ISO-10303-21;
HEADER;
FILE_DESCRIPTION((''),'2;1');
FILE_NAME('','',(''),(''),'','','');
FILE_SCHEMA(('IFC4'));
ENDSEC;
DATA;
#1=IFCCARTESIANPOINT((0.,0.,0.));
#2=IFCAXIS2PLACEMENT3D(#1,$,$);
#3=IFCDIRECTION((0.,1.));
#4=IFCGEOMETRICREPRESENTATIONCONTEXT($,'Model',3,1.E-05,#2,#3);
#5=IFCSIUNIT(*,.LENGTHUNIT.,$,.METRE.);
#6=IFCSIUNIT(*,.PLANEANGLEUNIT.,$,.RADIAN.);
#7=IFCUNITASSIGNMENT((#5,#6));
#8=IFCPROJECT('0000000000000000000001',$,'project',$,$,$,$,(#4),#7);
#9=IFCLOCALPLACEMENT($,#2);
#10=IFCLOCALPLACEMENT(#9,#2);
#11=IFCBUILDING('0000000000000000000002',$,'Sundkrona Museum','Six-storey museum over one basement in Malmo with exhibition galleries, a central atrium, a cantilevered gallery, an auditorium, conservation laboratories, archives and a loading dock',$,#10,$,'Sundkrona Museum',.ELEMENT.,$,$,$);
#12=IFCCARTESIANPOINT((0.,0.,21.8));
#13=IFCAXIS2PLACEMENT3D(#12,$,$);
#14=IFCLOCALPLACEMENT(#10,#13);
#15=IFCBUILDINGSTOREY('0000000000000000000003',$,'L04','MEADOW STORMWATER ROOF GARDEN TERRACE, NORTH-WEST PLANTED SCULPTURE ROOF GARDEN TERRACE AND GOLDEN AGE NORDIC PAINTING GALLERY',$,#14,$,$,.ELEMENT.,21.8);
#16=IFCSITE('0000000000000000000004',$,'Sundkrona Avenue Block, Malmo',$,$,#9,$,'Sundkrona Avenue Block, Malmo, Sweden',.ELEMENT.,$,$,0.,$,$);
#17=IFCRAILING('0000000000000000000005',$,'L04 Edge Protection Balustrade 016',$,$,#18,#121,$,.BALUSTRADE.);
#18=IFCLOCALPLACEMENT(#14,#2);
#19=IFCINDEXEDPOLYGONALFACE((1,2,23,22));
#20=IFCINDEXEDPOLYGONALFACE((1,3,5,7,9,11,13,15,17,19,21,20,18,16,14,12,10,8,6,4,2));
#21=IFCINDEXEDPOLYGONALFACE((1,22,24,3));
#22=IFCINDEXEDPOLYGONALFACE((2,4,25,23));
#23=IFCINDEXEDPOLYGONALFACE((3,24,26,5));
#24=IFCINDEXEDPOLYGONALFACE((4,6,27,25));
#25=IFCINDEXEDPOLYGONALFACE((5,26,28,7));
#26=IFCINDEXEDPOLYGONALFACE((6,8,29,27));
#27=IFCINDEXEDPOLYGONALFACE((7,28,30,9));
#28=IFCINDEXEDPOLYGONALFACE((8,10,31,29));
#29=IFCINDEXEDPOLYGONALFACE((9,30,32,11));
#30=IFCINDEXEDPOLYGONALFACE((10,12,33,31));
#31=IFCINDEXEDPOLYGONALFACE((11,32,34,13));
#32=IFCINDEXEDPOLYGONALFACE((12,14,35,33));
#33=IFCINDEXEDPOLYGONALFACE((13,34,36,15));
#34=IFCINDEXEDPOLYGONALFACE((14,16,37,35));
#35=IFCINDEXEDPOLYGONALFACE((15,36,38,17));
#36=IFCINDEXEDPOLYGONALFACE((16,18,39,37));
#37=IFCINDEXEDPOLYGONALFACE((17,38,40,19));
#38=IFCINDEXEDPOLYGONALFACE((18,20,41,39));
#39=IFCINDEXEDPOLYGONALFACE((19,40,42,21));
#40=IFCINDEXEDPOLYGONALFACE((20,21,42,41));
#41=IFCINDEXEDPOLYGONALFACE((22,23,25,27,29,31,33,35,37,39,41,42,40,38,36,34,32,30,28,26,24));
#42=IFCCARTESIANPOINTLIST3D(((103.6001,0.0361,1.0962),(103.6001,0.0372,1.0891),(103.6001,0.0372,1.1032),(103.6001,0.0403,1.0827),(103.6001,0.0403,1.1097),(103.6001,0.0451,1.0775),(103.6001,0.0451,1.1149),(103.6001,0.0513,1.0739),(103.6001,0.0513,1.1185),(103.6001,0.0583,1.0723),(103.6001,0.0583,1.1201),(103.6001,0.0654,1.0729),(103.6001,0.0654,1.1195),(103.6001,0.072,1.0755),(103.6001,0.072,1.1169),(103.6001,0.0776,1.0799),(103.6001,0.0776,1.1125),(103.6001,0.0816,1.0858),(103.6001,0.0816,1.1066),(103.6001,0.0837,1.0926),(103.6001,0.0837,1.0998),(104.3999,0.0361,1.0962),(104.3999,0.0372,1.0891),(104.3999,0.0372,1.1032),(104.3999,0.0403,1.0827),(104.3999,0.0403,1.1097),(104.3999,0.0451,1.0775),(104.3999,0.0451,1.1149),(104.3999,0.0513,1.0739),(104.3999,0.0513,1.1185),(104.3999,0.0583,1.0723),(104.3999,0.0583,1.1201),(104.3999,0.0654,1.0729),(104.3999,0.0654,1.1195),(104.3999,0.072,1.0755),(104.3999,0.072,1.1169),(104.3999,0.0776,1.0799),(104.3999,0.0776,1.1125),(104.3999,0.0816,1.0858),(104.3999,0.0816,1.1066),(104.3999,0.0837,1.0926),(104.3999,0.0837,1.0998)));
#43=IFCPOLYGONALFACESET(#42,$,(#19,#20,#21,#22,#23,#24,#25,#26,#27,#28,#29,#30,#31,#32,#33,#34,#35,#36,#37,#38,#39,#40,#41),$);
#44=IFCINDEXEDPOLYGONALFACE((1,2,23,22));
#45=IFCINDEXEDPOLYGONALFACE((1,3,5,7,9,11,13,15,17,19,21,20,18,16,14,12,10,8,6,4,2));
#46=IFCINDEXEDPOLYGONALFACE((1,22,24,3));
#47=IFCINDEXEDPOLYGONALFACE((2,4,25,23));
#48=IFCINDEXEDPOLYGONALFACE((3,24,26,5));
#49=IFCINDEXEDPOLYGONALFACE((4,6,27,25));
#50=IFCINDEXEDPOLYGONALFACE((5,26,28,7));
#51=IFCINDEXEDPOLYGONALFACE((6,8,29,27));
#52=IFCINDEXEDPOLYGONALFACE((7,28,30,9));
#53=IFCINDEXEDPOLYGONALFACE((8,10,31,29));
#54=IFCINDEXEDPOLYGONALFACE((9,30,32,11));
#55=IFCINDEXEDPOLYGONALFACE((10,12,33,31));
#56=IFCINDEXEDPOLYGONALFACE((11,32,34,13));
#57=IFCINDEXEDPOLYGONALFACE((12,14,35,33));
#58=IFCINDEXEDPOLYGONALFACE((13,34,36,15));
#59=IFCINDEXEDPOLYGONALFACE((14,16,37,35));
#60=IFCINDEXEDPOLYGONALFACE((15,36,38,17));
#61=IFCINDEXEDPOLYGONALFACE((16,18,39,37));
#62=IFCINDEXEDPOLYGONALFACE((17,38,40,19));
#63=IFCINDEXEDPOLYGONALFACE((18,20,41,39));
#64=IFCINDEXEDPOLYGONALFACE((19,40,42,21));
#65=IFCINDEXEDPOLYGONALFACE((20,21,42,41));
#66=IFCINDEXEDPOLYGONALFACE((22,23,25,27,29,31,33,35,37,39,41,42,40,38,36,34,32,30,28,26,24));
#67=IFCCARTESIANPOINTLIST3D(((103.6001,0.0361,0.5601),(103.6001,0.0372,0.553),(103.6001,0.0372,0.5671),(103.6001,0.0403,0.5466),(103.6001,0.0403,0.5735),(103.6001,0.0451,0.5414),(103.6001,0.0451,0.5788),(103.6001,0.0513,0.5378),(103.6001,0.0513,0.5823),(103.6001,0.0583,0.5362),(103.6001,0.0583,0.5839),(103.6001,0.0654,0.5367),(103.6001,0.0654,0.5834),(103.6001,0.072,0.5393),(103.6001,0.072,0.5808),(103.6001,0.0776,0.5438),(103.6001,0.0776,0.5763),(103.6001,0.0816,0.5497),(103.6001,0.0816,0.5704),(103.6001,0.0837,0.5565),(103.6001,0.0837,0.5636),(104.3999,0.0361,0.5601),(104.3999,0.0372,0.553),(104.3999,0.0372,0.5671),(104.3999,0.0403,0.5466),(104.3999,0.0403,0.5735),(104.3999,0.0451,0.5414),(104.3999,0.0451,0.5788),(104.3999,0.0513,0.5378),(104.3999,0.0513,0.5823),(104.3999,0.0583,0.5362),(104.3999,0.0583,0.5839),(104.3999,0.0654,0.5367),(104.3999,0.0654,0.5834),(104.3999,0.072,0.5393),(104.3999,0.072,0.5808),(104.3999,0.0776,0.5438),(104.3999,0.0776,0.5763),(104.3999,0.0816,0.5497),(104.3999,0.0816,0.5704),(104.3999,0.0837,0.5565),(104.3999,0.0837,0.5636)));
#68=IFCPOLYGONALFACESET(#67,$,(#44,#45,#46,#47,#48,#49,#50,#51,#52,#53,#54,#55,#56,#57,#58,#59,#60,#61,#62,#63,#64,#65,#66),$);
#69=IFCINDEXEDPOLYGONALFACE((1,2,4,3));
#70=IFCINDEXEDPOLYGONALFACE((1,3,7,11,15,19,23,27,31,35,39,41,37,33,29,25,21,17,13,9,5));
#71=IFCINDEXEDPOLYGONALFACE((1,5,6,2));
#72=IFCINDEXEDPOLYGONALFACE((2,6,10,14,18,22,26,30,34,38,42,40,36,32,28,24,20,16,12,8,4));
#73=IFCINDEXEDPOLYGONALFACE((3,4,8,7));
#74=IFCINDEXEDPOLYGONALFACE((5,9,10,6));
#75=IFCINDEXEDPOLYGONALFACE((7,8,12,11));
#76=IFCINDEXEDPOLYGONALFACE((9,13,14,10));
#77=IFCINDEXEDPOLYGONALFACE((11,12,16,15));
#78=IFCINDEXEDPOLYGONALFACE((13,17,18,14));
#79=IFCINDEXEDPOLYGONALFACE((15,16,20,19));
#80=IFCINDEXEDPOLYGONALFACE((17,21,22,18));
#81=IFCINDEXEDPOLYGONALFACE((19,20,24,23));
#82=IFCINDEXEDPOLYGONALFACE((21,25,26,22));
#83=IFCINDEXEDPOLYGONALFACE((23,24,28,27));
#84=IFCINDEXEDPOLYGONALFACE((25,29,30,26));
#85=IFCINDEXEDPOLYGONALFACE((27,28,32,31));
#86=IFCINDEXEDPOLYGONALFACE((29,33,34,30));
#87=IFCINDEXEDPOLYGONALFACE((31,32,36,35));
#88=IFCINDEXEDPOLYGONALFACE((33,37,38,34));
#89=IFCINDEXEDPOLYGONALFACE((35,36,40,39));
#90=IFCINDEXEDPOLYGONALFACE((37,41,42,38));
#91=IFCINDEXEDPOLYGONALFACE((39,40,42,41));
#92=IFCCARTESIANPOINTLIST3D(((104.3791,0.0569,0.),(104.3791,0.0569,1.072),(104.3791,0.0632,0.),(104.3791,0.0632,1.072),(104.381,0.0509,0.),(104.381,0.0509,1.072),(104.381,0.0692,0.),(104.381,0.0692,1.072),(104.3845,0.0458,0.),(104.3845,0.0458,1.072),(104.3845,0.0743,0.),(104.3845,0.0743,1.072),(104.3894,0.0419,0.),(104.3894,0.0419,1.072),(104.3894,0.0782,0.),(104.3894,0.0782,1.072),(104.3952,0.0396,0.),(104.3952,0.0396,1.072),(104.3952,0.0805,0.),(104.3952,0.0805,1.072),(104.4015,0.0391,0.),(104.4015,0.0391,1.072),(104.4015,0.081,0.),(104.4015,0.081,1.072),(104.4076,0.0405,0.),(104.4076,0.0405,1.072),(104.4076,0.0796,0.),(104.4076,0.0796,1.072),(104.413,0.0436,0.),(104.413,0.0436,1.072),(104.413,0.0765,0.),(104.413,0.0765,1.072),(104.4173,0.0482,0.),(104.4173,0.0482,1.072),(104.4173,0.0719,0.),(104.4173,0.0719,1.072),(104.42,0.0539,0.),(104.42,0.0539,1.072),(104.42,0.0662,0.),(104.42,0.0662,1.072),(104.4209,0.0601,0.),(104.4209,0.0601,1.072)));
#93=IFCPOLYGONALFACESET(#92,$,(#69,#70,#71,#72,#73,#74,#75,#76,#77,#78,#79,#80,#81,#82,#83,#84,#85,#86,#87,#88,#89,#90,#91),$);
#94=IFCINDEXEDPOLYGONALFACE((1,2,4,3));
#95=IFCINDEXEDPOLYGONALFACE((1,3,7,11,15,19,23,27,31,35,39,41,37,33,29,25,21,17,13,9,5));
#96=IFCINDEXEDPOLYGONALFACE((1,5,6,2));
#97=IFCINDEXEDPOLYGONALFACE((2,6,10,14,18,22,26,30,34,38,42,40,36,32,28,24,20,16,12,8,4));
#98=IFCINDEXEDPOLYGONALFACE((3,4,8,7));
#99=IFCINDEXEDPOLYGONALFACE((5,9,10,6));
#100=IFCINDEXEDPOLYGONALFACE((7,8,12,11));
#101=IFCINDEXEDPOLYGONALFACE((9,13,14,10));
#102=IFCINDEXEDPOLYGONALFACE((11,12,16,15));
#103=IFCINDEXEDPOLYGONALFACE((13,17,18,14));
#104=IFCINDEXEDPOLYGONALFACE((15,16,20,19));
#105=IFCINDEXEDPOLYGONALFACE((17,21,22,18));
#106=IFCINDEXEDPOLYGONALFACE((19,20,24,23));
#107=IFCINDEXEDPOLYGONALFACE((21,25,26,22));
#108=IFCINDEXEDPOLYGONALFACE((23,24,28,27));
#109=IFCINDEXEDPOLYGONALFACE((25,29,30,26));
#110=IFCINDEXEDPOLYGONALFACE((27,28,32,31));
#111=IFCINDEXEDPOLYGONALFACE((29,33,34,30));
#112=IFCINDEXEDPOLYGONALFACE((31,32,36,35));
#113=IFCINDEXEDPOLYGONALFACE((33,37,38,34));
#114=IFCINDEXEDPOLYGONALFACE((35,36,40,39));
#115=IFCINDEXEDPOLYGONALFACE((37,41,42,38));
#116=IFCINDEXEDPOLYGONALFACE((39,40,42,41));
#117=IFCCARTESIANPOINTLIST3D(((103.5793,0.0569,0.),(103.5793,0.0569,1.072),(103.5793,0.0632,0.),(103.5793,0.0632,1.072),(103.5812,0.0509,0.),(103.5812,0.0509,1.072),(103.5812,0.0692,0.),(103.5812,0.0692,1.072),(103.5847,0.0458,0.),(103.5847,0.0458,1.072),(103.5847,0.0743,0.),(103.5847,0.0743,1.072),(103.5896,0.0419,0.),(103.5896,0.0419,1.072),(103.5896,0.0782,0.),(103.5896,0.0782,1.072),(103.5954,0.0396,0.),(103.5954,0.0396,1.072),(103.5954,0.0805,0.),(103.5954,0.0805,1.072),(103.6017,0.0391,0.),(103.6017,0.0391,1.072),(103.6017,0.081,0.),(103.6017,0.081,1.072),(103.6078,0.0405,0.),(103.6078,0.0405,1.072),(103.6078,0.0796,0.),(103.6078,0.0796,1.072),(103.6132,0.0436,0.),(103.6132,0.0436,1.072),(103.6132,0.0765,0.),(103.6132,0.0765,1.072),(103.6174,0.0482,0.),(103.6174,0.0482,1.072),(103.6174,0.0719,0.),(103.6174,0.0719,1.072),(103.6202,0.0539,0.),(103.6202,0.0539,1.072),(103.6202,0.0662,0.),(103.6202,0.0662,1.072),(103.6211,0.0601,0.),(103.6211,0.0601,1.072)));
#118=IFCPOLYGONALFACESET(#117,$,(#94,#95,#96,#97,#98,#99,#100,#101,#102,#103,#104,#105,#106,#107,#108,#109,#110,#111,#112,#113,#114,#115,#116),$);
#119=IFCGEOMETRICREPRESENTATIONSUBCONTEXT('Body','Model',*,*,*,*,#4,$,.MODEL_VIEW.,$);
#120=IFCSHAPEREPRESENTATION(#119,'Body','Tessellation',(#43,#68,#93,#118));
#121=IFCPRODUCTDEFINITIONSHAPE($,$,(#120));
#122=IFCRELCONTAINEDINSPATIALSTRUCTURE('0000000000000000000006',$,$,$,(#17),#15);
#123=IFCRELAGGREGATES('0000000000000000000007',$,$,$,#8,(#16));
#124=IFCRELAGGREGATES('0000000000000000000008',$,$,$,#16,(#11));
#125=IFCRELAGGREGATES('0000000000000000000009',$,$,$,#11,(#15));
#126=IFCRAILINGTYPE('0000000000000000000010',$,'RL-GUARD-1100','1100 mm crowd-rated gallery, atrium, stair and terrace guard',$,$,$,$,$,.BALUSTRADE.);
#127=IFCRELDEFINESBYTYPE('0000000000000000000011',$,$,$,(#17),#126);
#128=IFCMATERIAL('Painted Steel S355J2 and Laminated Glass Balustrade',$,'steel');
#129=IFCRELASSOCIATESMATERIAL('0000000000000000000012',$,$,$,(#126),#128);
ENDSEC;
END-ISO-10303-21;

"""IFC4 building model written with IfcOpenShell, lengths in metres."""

from ifc_helpers import new_model, si_unit, direction, frame, origin, origin_2d, place, context, subcontext, project, spatial, circle, extrude, material, type_object, element, save


model = new_model("IFC4")

# Units and contexts
model_context = context("Model", 3, precision=1e-05, world=origin(), true_north=direction((0.0, 1.0)))
body_context = subcontext(model_context, "Body", "Model", "MODEL_VIEW")
ifc_project = project(units=[si_unit("LENGTHUNIT", "METRE"), si_unit("PLANEANGLEUNIT", "RADIAN")], contexts=[model_context])

# Site, building, storey
site_placement = place(None, origin())
site = spatial("IfcSite", under=ifc_project, at=site_placement, Name="Sundkrona Avenue Block, Malmo", LongName="Sundkrona Avenue Block, Malmo, Sweden", CompositionType="ELEMENT", RefElevation=0.0)
building_placement = place(site_placement, origin())
building = spatial("IfcBuilding", under=site, at=building_placement, Name="Sundkrona Museum", Description="Six-storey museum over one basement in Malmo with exhibition galleries, a central atrium, a cantilevered gallery, an auditorium, conservation laboratories, archives and a loading dock", LongName="Sundkrona Museum", CompositionType="ELEMENT")
storey_placement = place(building_placement, frame((0.0, 0.0, 21.8)))
storey = spatial("IfcBuildingStorey", under=building, at=storey_placement, Name="L04", Description="MEADOW STORMWATER ROOF GARDEN TERRACE, NORTH-WEST PLANTED SCULPTURE ROOF GARDEN TERRACE AND GOLDEN AGE NORDIC PAINTING GALLERY", CompositionType="ELEMENT", Elevation=21.8)

# Railing
ifc_material_1 = material(Name="Painted Steel S355J2 and Laminated Glass Balustrade", Category="steel")
railing_type = type_object("IfcRailingType", Name="RL-GUARD-1100", Description="1100 mm crowd-rated gallery, atrium, stair and terrace guard", PredefinedType="BALUSTRADE", material=ifc_material_1)
railing_1_placement = place(storey_placement, frame((104.3999, 0.0601, 0.0)))
element("IfcRailing", 1, at=railing_1_placement, inside=storey, type_object=railing_type, Name="L04 Edge Protection Balustrade 016", PredefinedType="BALUSTRADE", context=body_context, shape_type="SweptSolid", body=[
    extrude(circle(Radius=0.0239, at=origin_2d()), frame((0.0, 0.0, 1.0962), z_axis=(-1.0, 0.0, 0.0), x_axis=(0.0, -1.0, 0.0)), (0.0, 0.0, 1.0), 0.7998),
    extrude(circle(Radius=0.0239, at=origin_2d()), frame((0.0, 0.0, 0.5601), z_axis=(-1.0, 0.0, 0.0), x_axis=(0.0, -1.0, 0.0)), (0.0, 0.0, 1.0), 0.7998),
    extrude(circle(Radius=0.021, at=origin_2d()), origin(), (0.0, 0.0, 1.0), 1.072),
    extrude(circle(Radius=0.021, at=origin_2d()), frame((-0.7998, 0.0, 0.0)), (0.0, 0.0, 1.0), 1.072),
])

save(model, "model.ifc")
